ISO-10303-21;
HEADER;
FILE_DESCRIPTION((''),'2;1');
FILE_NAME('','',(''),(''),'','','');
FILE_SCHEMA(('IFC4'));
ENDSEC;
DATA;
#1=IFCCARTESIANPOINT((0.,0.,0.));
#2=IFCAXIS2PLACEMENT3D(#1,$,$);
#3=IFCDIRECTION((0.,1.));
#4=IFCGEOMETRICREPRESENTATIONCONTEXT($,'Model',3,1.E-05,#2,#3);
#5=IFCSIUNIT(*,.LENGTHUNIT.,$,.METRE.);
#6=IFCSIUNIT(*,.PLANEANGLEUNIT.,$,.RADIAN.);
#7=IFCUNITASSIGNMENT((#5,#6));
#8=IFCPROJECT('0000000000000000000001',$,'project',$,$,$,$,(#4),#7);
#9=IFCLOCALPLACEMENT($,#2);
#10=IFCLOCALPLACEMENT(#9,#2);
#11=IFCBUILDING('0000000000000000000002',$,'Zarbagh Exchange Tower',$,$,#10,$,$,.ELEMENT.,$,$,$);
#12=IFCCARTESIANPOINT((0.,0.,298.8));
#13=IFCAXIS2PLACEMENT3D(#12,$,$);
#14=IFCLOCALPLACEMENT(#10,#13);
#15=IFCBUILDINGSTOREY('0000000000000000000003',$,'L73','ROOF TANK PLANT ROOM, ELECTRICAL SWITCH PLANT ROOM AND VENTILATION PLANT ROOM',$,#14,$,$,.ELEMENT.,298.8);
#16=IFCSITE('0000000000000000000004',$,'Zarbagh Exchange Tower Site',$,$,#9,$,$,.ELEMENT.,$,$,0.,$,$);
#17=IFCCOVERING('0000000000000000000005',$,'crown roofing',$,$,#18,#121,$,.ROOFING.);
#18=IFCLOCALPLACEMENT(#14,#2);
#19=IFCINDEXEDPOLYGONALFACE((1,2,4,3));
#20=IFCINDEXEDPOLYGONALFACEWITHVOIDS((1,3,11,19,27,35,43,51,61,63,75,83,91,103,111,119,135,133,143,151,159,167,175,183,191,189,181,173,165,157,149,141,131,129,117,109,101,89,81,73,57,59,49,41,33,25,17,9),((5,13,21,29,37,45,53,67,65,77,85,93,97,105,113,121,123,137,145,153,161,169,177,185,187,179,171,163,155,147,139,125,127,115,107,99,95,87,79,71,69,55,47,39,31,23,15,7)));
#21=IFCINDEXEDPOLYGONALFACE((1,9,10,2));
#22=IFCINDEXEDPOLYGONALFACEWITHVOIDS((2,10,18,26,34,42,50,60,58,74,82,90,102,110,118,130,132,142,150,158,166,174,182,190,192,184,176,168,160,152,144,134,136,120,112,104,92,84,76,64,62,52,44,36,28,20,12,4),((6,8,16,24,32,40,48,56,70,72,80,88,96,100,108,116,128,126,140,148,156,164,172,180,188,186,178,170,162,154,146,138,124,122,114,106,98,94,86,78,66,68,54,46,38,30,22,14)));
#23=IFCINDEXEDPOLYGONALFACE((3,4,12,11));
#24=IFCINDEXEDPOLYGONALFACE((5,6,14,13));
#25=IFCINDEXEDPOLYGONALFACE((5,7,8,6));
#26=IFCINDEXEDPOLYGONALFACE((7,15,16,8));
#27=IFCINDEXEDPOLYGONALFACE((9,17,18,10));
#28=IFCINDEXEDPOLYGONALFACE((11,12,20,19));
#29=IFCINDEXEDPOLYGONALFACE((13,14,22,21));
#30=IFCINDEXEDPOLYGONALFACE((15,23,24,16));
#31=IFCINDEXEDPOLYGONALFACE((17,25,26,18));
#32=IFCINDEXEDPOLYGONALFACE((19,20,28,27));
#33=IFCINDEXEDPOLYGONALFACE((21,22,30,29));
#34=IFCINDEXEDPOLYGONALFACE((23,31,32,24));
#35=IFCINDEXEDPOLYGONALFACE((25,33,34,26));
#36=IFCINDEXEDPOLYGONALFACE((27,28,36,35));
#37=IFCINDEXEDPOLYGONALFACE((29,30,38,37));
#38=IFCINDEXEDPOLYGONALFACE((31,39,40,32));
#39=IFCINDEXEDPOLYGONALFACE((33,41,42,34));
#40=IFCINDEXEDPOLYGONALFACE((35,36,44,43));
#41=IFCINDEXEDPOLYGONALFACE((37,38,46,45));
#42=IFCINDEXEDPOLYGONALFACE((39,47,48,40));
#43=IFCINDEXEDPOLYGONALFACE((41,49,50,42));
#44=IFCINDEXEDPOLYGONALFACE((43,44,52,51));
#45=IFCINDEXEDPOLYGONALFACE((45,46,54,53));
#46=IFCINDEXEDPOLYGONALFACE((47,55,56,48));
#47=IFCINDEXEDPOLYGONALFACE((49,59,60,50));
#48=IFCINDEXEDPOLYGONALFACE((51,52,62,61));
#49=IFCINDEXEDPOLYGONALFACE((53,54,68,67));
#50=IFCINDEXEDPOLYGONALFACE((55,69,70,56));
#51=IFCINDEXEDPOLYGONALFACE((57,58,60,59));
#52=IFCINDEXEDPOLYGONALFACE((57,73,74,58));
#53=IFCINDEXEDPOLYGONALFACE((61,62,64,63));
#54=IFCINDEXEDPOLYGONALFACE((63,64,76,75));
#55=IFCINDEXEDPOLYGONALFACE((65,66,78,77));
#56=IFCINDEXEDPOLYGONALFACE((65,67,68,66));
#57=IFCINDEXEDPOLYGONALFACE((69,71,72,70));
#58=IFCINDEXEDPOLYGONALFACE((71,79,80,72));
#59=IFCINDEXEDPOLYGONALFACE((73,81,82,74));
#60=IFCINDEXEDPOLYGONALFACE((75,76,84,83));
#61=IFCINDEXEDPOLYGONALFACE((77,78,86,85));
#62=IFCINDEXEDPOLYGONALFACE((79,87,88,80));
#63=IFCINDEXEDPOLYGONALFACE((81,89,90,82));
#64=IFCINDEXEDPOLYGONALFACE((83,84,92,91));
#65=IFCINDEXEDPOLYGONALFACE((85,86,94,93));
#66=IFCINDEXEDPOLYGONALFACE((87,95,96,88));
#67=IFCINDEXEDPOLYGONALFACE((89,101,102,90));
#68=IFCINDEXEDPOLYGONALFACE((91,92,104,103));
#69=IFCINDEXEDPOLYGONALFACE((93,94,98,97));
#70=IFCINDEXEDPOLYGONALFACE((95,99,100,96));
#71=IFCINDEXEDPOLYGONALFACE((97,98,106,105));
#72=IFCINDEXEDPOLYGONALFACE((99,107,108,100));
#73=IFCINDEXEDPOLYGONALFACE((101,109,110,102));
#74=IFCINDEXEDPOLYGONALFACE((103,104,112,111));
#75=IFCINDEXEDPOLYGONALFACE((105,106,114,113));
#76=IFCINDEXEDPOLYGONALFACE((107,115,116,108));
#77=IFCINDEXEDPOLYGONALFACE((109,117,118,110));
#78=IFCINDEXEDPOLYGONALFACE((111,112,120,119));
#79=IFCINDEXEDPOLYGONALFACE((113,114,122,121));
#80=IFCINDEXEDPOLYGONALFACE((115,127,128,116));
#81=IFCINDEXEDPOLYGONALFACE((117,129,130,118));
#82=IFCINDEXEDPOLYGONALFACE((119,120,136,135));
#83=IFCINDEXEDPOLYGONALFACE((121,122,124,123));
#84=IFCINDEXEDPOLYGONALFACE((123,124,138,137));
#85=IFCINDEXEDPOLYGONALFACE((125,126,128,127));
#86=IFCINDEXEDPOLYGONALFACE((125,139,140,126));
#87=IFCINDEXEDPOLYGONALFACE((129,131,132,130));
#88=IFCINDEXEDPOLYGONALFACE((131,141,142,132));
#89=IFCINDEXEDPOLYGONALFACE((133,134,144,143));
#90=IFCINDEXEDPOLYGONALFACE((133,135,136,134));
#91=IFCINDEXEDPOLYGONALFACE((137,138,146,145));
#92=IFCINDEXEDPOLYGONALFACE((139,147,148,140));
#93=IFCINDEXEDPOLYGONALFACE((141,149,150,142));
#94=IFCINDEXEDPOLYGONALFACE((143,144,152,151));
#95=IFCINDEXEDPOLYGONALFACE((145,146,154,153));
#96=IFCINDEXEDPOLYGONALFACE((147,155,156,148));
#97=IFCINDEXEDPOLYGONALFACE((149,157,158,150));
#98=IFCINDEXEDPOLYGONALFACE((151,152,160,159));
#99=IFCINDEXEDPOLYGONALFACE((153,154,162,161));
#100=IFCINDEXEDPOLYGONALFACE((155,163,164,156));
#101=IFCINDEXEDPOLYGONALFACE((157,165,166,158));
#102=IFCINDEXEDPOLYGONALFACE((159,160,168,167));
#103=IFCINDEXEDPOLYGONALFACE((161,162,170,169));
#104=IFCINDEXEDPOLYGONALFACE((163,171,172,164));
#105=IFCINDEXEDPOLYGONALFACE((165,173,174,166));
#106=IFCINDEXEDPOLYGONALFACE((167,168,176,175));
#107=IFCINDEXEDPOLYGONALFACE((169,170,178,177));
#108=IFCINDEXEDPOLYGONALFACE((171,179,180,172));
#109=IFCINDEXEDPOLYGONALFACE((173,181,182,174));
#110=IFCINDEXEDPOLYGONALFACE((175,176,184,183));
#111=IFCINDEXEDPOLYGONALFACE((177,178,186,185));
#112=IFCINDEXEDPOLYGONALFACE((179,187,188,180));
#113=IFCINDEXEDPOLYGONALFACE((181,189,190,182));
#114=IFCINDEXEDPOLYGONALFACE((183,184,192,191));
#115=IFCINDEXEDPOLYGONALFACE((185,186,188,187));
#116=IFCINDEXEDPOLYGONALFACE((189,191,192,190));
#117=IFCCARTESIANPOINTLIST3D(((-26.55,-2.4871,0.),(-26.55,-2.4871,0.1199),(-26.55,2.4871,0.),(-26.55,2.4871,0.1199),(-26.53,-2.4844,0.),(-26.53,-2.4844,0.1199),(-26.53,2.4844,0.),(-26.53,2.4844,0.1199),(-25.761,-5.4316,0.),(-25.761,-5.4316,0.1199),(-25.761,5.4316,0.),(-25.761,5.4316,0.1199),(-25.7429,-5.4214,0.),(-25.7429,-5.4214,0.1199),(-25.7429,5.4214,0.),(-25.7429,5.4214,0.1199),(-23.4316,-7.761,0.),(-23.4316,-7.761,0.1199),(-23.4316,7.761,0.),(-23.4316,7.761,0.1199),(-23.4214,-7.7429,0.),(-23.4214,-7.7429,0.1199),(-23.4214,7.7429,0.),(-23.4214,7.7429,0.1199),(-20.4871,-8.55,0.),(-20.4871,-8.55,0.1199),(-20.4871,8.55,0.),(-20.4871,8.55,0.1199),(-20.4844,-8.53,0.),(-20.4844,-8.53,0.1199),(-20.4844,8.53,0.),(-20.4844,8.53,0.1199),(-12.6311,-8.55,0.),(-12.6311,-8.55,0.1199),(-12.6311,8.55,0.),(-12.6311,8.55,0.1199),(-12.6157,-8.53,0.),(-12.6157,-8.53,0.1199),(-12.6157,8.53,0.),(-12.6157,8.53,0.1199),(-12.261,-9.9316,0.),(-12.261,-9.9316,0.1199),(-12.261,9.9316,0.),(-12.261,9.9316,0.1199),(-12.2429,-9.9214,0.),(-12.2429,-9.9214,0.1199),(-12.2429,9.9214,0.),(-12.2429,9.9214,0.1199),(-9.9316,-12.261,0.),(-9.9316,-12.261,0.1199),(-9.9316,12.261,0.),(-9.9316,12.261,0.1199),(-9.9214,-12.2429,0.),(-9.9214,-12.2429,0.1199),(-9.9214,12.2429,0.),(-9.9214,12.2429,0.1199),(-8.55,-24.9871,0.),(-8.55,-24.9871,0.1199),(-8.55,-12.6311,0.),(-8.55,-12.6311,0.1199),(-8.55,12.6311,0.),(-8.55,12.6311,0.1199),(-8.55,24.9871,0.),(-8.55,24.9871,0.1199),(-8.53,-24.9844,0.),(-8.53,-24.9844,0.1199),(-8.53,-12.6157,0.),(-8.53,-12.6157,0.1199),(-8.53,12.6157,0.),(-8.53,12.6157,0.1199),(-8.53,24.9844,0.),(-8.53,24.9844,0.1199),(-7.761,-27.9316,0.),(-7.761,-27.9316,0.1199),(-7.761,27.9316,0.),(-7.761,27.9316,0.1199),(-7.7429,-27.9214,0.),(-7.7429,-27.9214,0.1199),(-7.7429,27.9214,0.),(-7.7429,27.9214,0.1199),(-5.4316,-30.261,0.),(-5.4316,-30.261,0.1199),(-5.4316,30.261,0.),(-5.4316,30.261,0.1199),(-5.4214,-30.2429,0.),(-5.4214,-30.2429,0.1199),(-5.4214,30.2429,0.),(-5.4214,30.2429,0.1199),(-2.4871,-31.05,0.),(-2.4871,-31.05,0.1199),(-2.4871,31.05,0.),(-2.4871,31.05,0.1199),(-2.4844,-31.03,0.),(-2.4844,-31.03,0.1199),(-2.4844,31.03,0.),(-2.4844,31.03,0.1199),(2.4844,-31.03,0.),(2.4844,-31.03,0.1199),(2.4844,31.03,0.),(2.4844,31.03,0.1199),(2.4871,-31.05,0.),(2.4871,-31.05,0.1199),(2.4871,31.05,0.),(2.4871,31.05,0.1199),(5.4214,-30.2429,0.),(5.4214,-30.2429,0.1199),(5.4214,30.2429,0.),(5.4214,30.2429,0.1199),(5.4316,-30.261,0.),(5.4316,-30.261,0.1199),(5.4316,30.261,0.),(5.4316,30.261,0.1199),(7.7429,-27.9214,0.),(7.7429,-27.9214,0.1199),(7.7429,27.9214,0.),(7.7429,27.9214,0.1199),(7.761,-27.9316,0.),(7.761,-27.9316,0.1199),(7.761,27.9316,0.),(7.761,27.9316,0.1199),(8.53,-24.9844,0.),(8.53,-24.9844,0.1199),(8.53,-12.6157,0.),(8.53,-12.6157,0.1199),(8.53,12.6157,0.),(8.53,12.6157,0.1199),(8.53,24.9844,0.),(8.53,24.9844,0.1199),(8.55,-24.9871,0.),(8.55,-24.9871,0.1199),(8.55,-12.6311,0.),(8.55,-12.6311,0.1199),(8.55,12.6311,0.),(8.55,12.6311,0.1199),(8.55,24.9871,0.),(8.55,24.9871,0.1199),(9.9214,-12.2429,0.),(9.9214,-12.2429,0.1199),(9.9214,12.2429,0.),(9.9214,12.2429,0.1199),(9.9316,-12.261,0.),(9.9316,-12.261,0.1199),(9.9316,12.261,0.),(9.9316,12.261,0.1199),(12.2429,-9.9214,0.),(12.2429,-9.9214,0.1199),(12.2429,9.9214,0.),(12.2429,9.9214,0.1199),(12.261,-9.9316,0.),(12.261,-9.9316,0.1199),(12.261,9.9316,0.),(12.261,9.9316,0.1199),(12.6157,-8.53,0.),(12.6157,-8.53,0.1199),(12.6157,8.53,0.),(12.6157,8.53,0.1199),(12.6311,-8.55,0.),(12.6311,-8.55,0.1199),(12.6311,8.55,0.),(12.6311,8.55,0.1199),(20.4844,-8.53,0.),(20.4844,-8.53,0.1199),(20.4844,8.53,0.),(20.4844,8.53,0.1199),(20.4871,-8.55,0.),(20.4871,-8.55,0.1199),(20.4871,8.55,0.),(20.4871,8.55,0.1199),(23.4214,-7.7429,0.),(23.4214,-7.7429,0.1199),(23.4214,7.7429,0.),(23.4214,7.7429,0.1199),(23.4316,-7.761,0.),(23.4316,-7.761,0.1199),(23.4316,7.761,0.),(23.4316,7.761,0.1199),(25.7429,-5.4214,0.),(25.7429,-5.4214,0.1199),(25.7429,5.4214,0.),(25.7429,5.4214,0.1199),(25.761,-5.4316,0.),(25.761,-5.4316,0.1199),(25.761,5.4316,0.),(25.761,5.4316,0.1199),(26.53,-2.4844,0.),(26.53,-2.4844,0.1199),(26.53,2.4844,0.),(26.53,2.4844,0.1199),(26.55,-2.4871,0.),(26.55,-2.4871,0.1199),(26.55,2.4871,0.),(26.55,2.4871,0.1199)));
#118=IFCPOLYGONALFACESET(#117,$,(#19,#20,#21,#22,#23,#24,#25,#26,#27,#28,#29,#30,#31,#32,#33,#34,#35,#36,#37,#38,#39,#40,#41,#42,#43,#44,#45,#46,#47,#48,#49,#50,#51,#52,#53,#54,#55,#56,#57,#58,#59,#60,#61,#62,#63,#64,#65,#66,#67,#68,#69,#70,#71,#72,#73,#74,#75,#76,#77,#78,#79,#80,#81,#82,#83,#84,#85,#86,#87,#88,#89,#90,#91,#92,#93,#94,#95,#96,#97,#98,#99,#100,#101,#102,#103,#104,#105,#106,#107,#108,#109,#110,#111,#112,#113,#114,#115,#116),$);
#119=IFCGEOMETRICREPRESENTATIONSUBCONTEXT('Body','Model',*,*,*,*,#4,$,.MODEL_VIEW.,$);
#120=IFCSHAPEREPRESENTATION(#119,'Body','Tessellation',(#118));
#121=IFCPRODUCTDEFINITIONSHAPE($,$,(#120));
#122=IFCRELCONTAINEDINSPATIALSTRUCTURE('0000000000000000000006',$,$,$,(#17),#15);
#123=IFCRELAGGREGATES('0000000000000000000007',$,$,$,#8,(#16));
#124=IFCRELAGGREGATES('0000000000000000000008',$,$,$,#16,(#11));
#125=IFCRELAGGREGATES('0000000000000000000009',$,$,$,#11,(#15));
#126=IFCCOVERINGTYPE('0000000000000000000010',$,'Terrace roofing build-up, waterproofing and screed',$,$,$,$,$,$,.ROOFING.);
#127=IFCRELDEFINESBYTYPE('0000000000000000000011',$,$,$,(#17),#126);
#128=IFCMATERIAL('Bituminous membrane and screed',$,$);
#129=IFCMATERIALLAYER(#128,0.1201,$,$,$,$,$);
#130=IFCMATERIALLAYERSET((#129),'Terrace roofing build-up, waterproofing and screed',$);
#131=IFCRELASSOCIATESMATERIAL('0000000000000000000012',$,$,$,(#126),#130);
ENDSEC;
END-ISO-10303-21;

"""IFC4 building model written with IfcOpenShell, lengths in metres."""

from ifc_helpers import new_model, si_unit, direction, frame, origin, place, context, subcontext, project, spatial, polyline, outline, extrude, material, layer, layer_set, type_object, element, save


model = new_model("IFC4")

# Units and contexts
model_context = context("Model", 3, precision=1e-05, world=origin(), true_north=direction((0.0, 1.0)))
body_context = subcontext(model_context, "Body", "Model", "MODEL_VIEW")
ifc_project = project(units=[si_unit("LENGTHUNIT", "METRE"), si_unit("PLANEANGLEUNIT", "RADIAN")], contexts=[model_context])

# Site, building, storey
site_placement = place(None, origin())
site = spatial("IfcSite", under=ifc_project, at=site_placement, Name="Zarbagh Exchange Tower Site", CompositionType="ELEMENT", RefElevation=0.0)
building_placement = place(site_placement, origin())
building = spatial("IfcBuilding", under=site, at=building_placement, Name="Zarbagh Exchange Tower", CompositionType="ELEMENT")
storey_placement = place(building_placement, frame((0.0, 0.0, 298.8)))
storey = spatial("IfcBuildingStorey", under=building, at=storey_placement, Name="L73", Description="ROOF TANK PLANT ROOM, ELECTRICAL SWITCH PLANT ROOM AND VENTILATION PLANT ROOM", CompositionType="ELEMENT", Elevation=298.8)

# Covering
ifc_material_1 = material(Name="Bituminous membrane and screed")
ifc_layer_1 = layer(ifc_material_1, 0.1201)
ifc_layer_set_1 = layer_set([ifc_layer_1], Name="Terrace roofing build-up, waterproofing and screed")
covering_type = type_object("IfcCoveringType", Name="Terrace roofing build-up, waterproofing and screed", PredefinedType="ROOFING", material=ifc_layer_set_1)
covering_1_placement = place(storey_placement, origin())
element("IfcCovering", 1, at=covering_1_placement, inside=storey, type_object=covering_type, Name="crown roofing", PredefinedType="ROOFING", context=body_context, shape_type="SweptSolid", body=[
    extrude(outline(polyline([(-5.4316, -30.261), (-7.761, -27.9316), (-8.55, -24.9871), (-8.55, -12.6311), (-9.9316, -12.261), (-12.261, -9.9316), (-12.6311, -8.55), (-20.4871, -8.55), (-23.4316, -7.761), (-25.761, -5.4316), (-26.55, -2.4871), (-26.55, 2.4871), (-25.761, 5.4316), (-23.4316, 7.761), (-20.4871, 8.55), (-12.6311, 8.55), (-12.261, 9.9316), (-9.9316, 12.261), (-8.55, 12.6311), (-8.55, 24.9871), (-7.761, 27.9316), (-5.4316, 30.261), (-2.4871, 31.05), (2.4871, 31.05), (5.4316, 30.261), (7.761, 27.9316), (8.55, 24.9871), (8.55, 12.6311), (9.9316, 12.261), (12.261, 9.9316), (12.6311, 8.55), (20.4871, 8.55), (23.4316, 7.761), (25.761, 5.4316), (26.55, 2.4871), (26.55, -2.4871), (25.761, -5.4316), (23.4316, -7.761), (20.4871, -8.55), (12.6311, -8.55), (12.261, -9.9316), (9.9316, -12.261), (8.55, -12.6311), (8.55, -24.9871), (7.761, -27.9316), (5.4316, -30.261), (2.4871, -31.05), (-2.4871, -31.05), (-5.4316, -30.261)]), holes=[polyline([(-12.6157, -8.53), (-12.2429, -9.9214), (-9.9214, -12.2429), (-8.53, -12.6157), (-8.53, -24.9844), (-7.7429, -27.9214), (-5.4214, -30.2429), (-2.4844, -31.03), (2.4844, -31.03), (5.4214, -30.2429), (7.7429, -27.9214), (8.53, -24.9844), (8.53, -12.6157), (9.9214, -12.2429), (12.2429, -9.9214), (12.6157, -8.53), (20.4844, -8.53), (23.4214, -7.7429), (25.7429, -5.4214), (26.53, -2.4844), (26.53, 2.4844), (25.7429, 5.4214), (23.4214, 7.7429), (20.4844, 8.53), (12.6157, 8.53), (12.2429, 9.9214), (9.9214, 12.2429), (8.53, 12.6157), (8.53, 24.9844), (7.7429, 27.9214), (5.4214, 30.2429), (2.4844, 31.03), (-2.4844, 31.03), (-5.4214, 30.2429), (-7.7429, 27.9214), (-8.53, 24.9844), (-8.53, 12.6157), (-9.9214, 12.2429), (-12.2429, 9.9214), (-12.6157, 8.53), (-20.4844, 8.53), (-23.4214, 7.7429), (-25.7429, 5.4214), (-26.53, 2.4844), (-26.53, -2.4844), (-25.7429, -5.4214), (-23.4214, -7.7429), (-20.4844, -8.53), (-12.6157, -8.53)])]), origin(), (0.0, 0.0, 1.0), 0.1199),
])

save(model, "model.ifc")
